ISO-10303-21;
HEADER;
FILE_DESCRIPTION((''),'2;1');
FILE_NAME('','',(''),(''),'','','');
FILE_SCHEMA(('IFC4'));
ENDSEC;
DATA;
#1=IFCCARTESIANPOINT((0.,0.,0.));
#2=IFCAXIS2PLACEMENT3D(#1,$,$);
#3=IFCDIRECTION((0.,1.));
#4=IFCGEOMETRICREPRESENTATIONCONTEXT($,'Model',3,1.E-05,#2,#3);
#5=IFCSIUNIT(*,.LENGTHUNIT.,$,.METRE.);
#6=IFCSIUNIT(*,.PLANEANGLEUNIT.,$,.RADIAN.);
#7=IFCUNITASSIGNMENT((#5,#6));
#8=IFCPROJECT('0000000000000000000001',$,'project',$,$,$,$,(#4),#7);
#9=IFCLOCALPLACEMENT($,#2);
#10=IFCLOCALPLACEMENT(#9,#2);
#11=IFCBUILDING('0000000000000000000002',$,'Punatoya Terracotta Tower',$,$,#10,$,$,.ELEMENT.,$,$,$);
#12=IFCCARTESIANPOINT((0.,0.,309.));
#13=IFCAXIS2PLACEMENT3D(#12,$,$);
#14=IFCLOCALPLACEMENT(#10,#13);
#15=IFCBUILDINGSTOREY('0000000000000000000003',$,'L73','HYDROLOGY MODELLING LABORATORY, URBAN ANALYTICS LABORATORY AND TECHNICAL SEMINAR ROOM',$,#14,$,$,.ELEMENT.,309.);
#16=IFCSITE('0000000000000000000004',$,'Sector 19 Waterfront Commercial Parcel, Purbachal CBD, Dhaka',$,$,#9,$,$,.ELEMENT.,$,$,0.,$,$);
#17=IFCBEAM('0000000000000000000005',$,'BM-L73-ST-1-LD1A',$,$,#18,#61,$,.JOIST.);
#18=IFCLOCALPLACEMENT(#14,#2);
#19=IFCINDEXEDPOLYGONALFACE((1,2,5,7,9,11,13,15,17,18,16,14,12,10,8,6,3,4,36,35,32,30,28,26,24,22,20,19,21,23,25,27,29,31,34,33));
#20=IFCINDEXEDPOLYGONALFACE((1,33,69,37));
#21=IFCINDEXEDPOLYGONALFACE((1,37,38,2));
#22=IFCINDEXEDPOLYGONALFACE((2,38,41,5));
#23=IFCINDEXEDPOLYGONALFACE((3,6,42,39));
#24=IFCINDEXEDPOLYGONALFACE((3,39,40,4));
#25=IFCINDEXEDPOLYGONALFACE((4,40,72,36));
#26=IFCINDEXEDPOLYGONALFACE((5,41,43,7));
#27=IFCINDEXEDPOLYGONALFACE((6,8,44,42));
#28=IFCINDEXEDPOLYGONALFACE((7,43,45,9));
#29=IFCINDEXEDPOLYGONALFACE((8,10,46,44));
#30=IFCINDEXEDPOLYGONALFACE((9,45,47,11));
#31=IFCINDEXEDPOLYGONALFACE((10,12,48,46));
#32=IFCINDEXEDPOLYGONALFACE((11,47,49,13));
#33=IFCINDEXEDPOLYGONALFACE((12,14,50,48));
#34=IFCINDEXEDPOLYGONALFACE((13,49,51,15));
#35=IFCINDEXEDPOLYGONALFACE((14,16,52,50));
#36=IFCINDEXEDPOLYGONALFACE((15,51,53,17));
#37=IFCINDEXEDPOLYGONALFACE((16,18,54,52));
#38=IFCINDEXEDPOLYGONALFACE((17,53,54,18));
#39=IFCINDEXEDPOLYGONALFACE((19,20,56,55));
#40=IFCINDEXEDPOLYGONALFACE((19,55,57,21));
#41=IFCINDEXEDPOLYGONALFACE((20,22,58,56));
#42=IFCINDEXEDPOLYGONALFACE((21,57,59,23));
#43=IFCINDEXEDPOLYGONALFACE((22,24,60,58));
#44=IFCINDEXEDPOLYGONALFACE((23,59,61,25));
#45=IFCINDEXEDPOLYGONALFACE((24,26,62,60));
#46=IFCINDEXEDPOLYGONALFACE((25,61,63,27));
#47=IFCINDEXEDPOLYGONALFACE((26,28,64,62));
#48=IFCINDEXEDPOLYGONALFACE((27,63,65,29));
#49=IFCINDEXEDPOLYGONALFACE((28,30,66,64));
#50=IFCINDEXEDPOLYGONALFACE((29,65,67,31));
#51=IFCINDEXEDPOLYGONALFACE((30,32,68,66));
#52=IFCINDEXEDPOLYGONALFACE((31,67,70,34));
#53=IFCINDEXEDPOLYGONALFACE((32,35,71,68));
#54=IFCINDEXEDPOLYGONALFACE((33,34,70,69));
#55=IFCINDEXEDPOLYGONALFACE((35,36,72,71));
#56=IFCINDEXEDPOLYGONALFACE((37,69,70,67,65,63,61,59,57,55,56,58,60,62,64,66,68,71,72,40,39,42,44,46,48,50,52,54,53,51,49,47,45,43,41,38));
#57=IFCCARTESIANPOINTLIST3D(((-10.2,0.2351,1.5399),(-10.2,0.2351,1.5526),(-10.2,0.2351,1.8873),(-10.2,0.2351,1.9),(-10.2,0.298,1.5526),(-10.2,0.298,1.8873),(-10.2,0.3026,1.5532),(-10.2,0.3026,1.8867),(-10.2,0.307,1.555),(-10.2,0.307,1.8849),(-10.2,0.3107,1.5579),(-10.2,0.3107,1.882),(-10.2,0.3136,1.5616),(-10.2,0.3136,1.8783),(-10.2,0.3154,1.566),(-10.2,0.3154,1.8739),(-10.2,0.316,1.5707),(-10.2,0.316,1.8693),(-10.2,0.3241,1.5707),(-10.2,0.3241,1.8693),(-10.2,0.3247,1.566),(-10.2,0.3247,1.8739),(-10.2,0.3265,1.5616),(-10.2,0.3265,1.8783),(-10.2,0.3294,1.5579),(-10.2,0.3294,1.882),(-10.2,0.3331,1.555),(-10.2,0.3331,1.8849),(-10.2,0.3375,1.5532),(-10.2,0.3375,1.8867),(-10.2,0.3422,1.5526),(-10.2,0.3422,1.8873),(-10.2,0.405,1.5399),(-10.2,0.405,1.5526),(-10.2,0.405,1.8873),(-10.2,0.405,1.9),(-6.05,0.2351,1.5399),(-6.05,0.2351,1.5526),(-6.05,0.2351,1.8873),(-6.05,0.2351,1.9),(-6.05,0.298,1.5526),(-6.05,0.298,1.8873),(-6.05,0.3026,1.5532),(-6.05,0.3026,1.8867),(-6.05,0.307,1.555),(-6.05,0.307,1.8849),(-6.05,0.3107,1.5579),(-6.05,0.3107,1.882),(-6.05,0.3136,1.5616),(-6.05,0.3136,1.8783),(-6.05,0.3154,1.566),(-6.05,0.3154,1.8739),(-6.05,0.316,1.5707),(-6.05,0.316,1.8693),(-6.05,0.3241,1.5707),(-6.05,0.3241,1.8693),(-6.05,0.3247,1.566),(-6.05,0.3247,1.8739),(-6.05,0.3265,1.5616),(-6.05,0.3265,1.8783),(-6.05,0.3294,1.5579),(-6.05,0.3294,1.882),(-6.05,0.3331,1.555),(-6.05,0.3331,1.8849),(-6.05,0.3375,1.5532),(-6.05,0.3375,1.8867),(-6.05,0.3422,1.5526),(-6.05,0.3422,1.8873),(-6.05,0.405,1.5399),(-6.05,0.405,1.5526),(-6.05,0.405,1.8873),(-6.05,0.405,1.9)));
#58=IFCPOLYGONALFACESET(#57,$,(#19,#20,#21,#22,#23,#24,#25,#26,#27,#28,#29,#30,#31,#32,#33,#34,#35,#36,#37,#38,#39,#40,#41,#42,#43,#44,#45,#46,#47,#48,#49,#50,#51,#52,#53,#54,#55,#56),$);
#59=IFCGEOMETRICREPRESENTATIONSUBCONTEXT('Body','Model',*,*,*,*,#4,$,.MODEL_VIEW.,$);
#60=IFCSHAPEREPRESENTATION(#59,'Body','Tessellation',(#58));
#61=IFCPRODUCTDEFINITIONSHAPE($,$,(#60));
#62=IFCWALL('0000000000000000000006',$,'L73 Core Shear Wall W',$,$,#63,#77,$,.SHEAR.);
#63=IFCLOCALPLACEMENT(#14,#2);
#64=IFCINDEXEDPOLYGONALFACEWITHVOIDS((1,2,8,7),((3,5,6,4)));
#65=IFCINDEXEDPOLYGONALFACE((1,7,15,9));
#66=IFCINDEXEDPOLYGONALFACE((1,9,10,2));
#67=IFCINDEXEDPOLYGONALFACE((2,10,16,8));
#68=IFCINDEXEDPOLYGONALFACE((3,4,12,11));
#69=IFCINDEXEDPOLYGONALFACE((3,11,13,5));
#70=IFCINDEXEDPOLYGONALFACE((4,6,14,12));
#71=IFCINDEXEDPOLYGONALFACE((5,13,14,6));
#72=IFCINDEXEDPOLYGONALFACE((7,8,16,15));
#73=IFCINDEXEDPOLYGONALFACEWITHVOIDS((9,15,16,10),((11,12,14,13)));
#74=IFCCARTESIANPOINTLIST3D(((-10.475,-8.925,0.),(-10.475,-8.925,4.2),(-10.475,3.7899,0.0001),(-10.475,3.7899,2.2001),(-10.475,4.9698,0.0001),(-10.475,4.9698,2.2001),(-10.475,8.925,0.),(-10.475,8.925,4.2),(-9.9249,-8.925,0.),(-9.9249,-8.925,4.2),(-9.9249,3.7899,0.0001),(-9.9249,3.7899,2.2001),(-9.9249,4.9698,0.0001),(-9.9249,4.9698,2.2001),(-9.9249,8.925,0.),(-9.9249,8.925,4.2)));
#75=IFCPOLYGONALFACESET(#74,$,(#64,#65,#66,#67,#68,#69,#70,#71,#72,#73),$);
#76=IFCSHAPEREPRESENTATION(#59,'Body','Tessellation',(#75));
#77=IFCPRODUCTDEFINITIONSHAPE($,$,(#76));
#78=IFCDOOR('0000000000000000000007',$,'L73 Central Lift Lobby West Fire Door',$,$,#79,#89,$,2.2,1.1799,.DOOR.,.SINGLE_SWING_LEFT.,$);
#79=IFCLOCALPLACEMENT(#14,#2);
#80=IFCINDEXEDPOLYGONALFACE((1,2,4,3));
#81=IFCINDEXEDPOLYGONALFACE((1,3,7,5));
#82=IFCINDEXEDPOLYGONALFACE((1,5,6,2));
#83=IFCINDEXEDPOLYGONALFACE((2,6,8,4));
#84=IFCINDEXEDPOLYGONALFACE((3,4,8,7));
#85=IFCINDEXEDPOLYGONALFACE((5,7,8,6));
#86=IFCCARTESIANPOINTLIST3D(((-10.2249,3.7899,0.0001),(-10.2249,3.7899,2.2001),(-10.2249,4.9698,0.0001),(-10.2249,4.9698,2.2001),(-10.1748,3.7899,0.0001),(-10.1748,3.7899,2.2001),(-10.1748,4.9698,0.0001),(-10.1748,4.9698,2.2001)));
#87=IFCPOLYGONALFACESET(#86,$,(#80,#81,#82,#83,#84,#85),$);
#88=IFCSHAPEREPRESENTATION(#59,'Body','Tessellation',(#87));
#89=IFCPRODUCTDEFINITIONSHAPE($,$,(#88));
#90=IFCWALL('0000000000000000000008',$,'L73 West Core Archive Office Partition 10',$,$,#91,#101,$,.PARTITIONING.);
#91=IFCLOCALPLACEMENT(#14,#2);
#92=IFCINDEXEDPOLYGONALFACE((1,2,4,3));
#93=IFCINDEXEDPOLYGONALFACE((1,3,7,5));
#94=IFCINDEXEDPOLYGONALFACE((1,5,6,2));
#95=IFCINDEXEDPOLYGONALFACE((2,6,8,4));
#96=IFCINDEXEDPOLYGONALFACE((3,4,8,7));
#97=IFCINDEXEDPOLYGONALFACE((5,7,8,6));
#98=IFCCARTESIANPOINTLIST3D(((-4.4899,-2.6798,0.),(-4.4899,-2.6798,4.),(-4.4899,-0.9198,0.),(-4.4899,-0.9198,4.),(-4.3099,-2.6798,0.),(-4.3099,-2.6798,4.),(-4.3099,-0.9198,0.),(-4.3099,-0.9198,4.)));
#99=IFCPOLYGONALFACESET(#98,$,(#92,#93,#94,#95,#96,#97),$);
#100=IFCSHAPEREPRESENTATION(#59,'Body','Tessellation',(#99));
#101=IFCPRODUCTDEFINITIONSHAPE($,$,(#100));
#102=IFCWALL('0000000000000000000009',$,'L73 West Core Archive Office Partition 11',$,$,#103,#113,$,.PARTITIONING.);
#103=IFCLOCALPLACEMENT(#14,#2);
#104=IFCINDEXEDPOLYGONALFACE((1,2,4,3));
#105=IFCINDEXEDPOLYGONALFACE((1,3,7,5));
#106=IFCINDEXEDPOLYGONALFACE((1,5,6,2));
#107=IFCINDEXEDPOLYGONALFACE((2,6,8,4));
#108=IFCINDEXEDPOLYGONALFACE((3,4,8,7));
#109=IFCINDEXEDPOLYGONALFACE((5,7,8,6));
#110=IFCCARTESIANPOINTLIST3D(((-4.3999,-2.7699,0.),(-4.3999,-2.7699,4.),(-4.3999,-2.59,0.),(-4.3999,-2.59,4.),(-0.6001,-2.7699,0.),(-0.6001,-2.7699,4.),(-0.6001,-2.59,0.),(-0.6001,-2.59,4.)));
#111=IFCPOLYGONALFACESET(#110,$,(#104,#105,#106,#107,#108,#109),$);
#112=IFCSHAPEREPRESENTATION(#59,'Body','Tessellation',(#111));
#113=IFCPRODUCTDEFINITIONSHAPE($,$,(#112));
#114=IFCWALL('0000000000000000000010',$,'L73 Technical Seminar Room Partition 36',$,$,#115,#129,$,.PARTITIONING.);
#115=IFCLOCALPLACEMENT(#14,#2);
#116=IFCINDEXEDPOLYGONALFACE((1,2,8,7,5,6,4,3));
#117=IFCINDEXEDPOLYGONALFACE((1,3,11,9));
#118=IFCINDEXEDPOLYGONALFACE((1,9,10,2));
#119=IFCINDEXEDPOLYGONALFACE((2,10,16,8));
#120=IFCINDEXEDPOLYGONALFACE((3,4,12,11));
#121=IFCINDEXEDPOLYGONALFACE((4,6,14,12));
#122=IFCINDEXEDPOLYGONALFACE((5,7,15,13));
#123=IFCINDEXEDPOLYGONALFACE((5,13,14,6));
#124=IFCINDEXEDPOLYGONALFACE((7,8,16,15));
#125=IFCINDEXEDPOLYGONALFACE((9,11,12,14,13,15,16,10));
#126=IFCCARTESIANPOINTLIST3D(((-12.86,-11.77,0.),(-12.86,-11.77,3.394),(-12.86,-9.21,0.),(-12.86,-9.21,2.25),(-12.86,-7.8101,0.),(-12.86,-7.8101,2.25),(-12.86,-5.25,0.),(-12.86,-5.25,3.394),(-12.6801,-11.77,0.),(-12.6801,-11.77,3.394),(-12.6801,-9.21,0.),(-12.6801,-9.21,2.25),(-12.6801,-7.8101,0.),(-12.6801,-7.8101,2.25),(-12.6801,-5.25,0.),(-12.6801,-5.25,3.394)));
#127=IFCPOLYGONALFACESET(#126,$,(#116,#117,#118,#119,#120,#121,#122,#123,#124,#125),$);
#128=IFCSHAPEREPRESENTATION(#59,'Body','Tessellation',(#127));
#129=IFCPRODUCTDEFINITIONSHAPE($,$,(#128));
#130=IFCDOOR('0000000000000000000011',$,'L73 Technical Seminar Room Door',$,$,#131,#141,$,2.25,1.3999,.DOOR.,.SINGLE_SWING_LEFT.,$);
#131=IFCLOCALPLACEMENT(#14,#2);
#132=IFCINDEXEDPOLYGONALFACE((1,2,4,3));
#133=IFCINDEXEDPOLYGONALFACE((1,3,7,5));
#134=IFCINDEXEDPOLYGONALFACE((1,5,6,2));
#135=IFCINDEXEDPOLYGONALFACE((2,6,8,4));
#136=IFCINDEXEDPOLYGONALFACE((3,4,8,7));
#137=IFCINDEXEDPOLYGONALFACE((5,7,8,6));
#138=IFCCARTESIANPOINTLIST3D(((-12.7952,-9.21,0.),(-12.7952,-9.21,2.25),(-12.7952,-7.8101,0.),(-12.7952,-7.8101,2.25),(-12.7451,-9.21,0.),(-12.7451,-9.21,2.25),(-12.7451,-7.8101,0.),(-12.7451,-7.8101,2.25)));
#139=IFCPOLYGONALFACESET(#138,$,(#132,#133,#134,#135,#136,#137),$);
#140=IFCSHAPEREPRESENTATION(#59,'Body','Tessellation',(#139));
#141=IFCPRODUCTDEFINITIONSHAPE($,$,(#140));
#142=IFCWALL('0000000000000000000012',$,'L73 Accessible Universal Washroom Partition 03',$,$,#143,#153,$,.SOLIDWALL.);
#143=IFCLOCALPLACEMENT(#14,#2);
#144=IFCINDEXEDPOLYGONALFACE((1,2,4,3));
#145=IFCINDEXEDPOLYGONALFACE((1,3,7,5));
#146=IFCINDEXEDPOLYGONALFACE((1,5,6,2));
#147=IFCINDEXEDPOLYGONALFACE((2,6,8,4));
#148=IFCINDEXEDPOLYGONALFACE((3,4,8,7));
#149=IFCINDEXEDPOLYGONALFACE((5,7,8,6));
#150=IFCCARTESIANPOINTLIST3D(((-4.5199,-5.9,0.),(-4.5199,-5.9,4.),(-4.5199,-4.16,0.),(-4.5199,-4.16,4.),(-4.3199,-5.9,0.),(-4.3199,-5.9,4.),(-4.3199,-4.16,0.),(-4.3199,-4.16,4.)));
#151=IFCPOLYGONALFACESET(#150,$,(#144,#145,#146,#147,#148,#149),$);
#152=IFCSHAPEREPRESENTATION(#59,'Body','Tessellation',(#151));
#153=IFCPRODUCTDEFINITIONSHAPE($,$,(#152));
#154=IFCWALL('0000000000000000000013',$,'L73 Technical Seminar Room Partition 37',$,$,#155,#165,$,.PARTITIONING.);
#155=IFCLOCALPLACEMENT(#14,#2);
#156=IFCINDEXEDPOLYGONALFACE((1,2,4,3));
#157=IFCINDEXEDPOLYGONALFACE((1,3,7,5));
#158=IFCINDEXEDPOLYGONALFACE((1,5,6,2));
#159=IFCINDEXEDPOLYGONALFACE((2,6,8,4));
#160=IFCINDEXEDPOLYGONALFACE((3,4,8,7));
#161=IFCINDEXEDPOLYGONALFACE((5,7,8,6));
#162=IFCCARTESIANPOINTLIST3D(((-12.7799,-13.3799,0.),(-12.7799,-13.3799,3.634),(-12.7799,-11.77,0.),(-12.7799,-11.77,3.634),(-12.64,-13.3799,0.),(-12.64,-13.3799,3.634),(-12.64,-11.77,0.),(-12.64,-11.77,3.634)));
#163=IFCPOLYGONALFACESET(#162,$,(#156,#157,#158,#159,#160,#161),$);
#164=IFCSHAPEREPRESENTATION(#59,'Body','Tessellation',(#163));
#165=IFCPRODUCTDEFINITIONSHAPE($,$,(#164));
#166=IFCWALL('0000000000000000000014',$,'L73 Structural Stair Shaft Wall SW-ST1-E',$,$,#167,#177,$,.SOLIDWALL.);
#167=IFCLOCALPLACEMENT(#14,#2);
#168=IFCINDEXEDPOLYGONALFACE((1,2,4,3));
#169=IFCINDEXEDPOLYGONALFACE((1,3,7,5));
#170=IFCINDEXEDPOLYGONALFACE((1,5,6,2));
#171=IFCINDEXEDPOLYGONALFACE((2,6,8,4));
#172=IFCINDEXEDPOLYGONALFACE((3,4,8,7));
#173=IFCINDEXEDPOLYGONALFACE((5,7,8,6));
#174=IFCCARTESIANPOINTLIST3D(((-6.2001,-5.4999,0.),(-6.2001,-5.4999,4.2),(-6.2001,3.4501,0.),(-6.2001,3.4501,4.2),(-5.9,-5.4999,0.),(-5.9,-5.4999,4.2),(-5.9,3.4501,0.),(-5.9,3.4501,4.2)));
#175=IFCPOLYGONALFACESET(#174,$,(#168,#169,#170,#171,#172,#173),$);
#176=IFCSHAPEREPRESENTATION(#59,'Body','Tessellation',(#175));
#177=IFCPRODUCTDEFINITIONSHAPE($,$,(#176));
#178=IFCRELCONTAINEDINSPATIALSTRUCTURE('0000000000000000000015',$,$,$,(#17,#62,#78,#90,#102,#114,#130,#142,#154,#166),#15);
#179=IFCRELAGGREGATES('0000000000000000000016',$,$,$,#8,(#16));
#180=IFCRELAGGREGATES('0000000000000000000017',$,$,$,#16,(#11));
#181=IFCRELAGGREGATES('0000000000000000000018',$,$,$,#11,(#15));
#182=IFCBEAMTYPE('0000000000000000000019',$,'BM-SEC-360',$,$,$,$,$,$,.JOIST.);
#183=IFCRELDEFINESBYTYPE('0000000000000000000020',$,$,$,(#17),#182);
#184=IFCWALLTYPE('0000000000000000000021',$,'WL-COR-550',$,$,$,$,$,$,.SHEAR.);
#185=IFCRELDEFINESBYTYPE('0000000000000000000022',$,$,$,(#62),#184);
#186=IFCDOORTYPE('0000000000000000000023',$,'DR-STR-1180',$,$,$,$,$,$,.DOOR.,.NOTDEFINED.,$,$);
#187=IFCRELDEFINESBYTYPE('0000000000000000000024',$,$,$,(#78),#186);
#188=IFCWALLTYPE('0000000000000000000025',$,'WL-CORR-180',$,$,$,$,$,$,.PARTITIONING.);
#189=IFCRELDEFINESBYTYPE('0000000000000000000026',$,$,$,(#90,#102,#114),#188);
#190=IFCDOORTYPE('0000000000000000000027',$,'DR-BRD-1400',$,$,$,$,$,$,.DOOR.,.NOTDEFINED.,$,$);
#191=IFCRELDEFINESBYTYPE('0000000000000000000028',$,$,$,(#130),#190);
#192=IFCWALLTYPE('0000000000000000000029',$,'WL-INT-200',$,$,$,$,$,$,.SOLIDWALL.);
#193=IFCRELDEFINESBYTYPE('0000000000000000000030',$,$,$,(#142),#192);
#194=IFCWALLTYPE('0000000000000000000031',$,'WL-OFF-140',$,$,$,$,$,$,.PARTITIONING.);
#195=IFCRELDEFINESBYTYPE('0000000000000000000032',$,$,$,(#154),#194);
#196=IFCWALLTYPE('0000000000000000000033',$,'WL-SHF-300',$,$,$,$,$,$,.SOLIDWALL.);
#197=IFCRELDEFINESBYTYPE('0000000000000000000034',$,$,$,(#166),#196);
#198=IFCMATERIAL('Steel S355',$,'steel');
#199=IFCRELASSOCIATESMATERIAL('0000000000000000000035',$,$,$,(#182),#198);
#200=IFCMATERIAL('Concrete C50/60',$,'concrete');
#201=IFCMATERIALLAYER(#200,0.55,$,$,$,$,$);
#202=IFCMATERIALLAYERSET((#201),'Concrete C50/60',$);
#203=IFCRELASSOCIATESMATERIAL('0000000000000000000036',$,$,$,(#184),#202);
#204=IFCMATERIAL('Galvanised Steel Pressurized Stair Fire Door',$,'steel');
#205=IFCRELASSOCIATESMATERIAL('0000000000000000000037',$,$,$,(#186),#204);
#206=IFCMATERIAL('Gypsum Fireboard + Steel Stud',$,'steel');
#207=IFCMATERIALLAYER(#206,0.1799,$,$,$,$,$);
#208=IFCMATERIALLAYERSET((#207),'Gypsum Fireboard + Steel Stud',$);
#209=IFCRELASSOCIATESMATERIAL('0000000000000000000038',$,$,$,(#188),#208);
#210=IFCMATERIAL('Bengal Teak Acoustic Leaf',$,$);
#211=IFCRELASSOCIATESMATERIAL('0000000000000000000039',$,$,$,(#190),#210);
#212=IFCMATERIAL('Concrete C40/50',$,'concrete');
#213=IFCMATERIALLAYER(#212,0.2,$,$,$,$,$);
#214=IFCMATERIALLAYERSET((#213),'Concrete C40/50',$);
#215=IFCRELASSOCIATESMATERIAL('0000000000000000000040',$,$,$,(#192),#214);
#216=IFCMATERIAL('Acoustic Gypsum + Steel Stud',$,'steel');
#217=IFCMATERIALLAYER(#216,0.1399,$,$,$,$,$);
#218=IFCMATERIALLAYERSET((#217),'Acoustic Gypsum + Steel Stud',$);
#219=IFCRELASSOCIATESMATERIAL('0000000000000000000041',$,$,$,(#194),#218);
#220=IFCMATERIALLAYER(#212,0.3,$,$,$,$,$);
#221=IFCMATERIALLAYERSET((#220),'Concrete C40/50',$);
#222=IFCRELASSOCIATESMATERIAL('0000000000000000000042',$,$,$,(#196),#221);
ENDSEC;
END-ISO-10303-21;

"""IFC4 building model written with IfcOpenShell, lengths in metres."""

from ifc_helpers import new_model, si_unit, direction, frame, frame_2d, origin, origin_2d, place, context, subcontext, project, spatial, rectangle, i_section, extrude, material, layer, layer_set, material_profile, profile_set, type_object, element, fill, save


model = new_model("IFC4")

# Units and contexts
model_context = context("Model", 3, precision=1e-05, world=origin(), true_north=direction((0.0, 1.0)))
body_context = subcontext(model_context, "Body", "Model", "MODEL_VIEW")
ifc_project = project(units=[si_unit("LENGTHUNIT", "METRE"), si_unit("PLANEANGLEUNIT", "RADIAN")], contexts=[model_context])

# Site, building, storey
site_placement = place(None, origin())
site = spatial("IfcSite", under=ifc_project, at=site_placement, Name="Sector 19 Waterfront Commercial Parcel, Purbachal CBD, Dhaka", CompositionType="ELEMENT", RefElevation=0.0)
building_placement = place(site_placement, origin())
building = spatial("IfcBuilding", under=site, at=building_placement, Name="Punatoya Terracotta Tower", CompositionType="ELEMENT")
storey_placement = place(building_placement, frame((0.0, 0.0, 309.0)))
storey = spatial("IfcBuildingStorey", under=building, at=storey_placement, Name="L73", Description="HYDROLOGY MODELLING LABORATORY, URBAN ANALYTICS LABORATORY AND TECHNICAL SEMINAR ROOM", CompositionType="ELEMENT", Elevation=309.0)

# Beam
ifc_material_1 = material(Name="Steel S355", Category="steel")
ifc_material_2 = material(Name="Concrete C50/60", Category="concrete")
ifc_material_profile_1 = material_profile(ifc_material_1, i_section(OverallWidth=0.1699, OverallDepth=0.3601, WebThickness=0.0081, FlangeThickness=0.0127, FilletRadius=0.0181, at=origin_2d()))
ifc_profile_set_1 = profile_set([ifc_material_profile_1], Name="Steel S355")
beam_type_1 = type_object("IfcBeamType", Name="BM-SEC-360", PredefinedType="JOIST", material=ifc_profile_set_1)
beam_1_placement = place(storey_placement, frame((-10.2, 0.3201, 1.72), z_axis=(1.0, 0.0, 0.0), x_axis=(0.0, 1.0, 0.0)))
element("IfcBeam", 1, at=beam_1_placement, inside=storey, type_object=beam_type_1, Name="BM-L73-ST-1-LD1A", PredefinedType="JOIST", context=body_context, shape_type="SweptSolid", body=[
    extrude(i_section(OverallWidth=0.1699, OverallDepth=0.3601, WebThickness=0.0081, FlangeThickness=0.0127, FilletRadius=0.0181, at=origin_2d()), origin(), (0.0, 0.0, 1.0), 4.1499),
])

# Wall, opening, door
ifc_layer_1 = layer(ifc_material_2, 0.55)
ifc_layer_set_1 = layer_set([ifc_layer_1], Name="Concrete C50/60")
wall_type_1 = type_object("IfcWallType", Name="WL-COR-550", PredefinedType="SHEAR", material=ifc_layer_set_1)
wall_1_placement = place(storey_placement, frame((-10.2, -8.925, 0.0), z_axis=(0.0, 0.0, 1.0), x_axis=(0.0, 1.0, 0.0)))
wall_1 = element("IfcWall", 2, at=wall_1_placement, inside=storey, type_object=wall_type_1, Name="L73 Core Shear Wall W", PredefinedType="SHEAR", context=body_context, shape_type="SweptSolid", body=[
    extrude(rectangle(XDim=17.8501, YDim=0.55, at=frame_2d((8.925, 0.0))), origin(), (0.0, 0.0, 1.0), 4.2),
])
opening_1_placement = place(wall_1_placement, frame((12.7151, 0.0, 0.0)))
opening_1 = element("IfcOpeningElement", 3, at=opening_1_placement, cuts=wall_1, PredefinedType="OPENING", context=body_context, shape_type="SweptSolid", body=[
    extrude(rectangle(XDim=1.1799, YDim=2.2, at=frame_2d((0.5898, 1.1001))), frame((0.0, 0.2849, 0.0), z_axis=(0.0, -1.0, 0.0), x_axis=(1.0, 0.0, 0.0)), (0.0, 0.0, 1.0), 0.5701),
])
ifc_material_3 = material(Name="Galvanised Steel Pressurized Stair Fire Door", Category="steel")
door_type_1 = type_object("IfcDoorType", Name="DR-STR-1180", OperationType="NOTDEFINED", PredefinedType="DOOR", material=ifc_material_3)
door_1_placement = place(opening_1_placement, origin())
door_1 = element("IfcDoor", 4, at=door_1_placement, inside=storey, type_object=door_type_1, Name="L73 Central Lift Lobby West Fire Door", OperationType="SINGLE_SWING_LEFT", OverallHeight=2.2, OverallWidth=1.1799, PredefinedType="DOOR", context=body_context, shape_type="SweptSolid", body=[
    extrude(rectangle(XDim=1.1799, YDim=2.2, at=frame_2d((0.5898, 1.1001))), frame((0.0, 0.0249, 0.0), z_axis=(0.0, -1.0, 0.0), x_axis=(1.0, 0.0, 0.0)), (0.0, 0.0, 1.0), 0.05),
])
fill(opening_1, door_1)

# Walls
ifc_material_4 = material(Name="Gypsum Fireboard + Steel Stud", Category="steel")
ifc_layer_2 = layer(ifc_material_4, 0.1799)
ifc_layer_set_2 = layer_set([ifc_layer_2], Name="Gypsum Fireboard + Steel Stud")
wall_type_2 = type_object("IfcWallType", Name="WL-CORR-180", PredefinedType="PARTITIONING", material=ifc_layer_set_2)
wall_2_placement = place(storey_placement, frame((-4.3999, -0.9199, 0.0), z_axis=(0.0, 0.0, 1.0), x_axis=(0.0, -1.0, 0.0)))
element("IfcWall", 5, at=wall_2_placement, inside=storey, type_object=wall_type_2, Name="L73 West Core Archive Office Partition 10", PredefinedType="PARTITIONING", context=body_context, shape_type="SweptSolid", body=[
    extrude(rectangle(XDim=1.76, YDim=0.1799, at=frame_2d((0.8799, 0.0))), origin(), (0.0, 0.0, 1.0), 4.0),
])
wall_3_placement = place(storey_placement, frame((-4.3999, -2.6799, 0.0), z_axis=(0.0, 0.0, 1.0), x_axis=(1.0, 0.0, 0.0)))
element("IfcWall", 6, at=wall_3_placement, inside=storey, type_object=wall_type_2, Name="L73 West Core Archive Office Partition 11", PredefinedType="PARTITIONING", context=body_context, shape_type="SweptSolid", body=[
    extrude(rectangle(XDim=3.7998, YDim=0.1799, at=frame_2d((1.8999, 0.0))), origin(), (0.0, 0.0, 1.0), 4.0),
])

# Wall, opening, door
wall_4_placement = place(storey_placement, frame((-12.77, -5.25, 0.0), z_axis=(0.0, 0.0, 1.0), x_axis=(0.0, -1.0, 0.0)))
wall_4 = element("IfcWall", 7, at=wall_4_placement, inside=storey, type_object=wall_type_2, Name="L73 Technical Seminar Room Partition 36", PredefinedType="PARTITIONING", context=body_context, shape_type="SweptSolid", body=[
    extrude(rectangle(XDim=6.52, YDim=0.1799, at=frame_2d((3.26, 0.0))), origin(), (0.0, 0.0, 1.0), 3.394),
])
opening_2_placement = place(wall_4_placement, frame((2.5601, 0.0, 0.0)))
opening_2 = element("IfcOpeningElement", 8, at=opening_2_placement, cuts=wall_4, PredefinedType="OPENING", context=body_context, shape_type="SweptSolid", body=[
    extrude(rectangle(XDim=1.3999, YDim=2.25, at=frame_2d((0.7, 1.125))), frame((0.0, 0.0999, 0.0), z_axis=(0.0, -1.0, 0.0), x_axis=(1.0, 0.0, 0.0)), (0.0, 0.0, 1.0), 0.2),
])
ifc_material_5 = material(Name="Bengal Teak Acoustic Leaf")
door_type_2 = type_object("IfcDoorType", Name="DR-BRD-1400", OperationType="NOTDEFINED", PredefinedType="DOOR", material=ifc_material_5)
door_2_placement = place(opening_2_placement, origin())
door_2 = element("IfcDoor", 9, at=door_2_placement, inside=storey, type_object=door_type_2, Name="L73 Technical Seminar Room Door", OperationType="SINGLE_SWING_LEFT", OverallHeight=2.25, OverallWidth=1.3999, PredefinedType="DOOR", context=body_context, shape_type="SweptSolid", body=[
    extrude(rectangle(XDim=1.3999, YDim=2.25, at=frame_2d((0.7, 1.125))), frame((0.0, 0.0249, 0.0), z_axis=(0.0, -1.0, 0.0), x_axis=(1.0, 0.0, 0.0)), (0.0, 0.0, 1.0), 0.05),
])
fill(opening_2, door_2)

# Walls
ifc_material_6 = material(Name="Concrete C40/50", Category="concrete")
ifc_layer_3 = layer(ifc_material_6, 0.2)
ifc_layer_set_3 = layer_set([ifc_layer_3], Name="Concrete C40/50")
wall_type_3 = type_object("IfcWallType", Name="WL-INT-200", PredefinedType="SOLIDWALL", material=ifc_layer_set_3)
wall_5_placement = place(storey_placement, frame((-4.4199, -4.1599, 0.0), z_axis=(0.0, 0.0, 1.0), x_axis=(0.0, -1.0, 0.0)))
element("IfcWall", 10, at=wall_5_placement, inside=storey, type_object=wall_type_3, Name="L73 Accessible Universal Washroom Partition 03", PredefinedType="SOLIDWALL", context=body_context, shape_type="SweptSolid", body=[
    extrude(rectangle(XDim=1.74, YDim=0.2, at=frame_2d((0.8701, 0.0))), origin(), (0.0, 0.0, 1.0), 4.0),
])
ifc_material_7 = material(Name="Acoustic Gypsum + Steel Stud", Category="steel")
ifc_layer_4 = layer(ifc_material_7, 0.1399)
ifc_layer_set_4 = layer_set([ifc_layer_4], Name="Acoustic Gypsum + Steel Stud")
wall_type_4 = type_object("IfcWallType", Name="WL-OFF-140", PredefinedType="PARTITIONING", material=ifc_layer_set_4)
wall_6_placement = place(storey_placement, frame((-12.71, -11.77, 0.0), z_axis=(0.0, 0.0, 1.0), x_axis=(0.0, -1.0, 0.0)))
element("IfcWall", 11, at=wall_6_placement, inside=storey, type_object=wall_type_4, Name="L73 Technical Seminar Room Partition 37", PredefinedType="PARTITIONING", context=body_context, shape_type="SweptSolid", body=[
    extrude(rectangle(XDim=1.6099, YDim=0.1399, at=frame_2d((0.8049, 0.0))), origin(), (0.0, 0.0, 1.0), 3.634),
])
ifc_layer_5 = layer(ifc_material_6, 0.3)
ifc_layer_set_5 = layer_set([ifc_layer_5], Name="Concrete C40/50")
wall_type_5 = type_object("IfcWallType", Name="WL-SHF-300", PredefinedType="SOLIDWALL", material=ifc_layer_set_5)
wall_7_placement = place(storey_placement, frame((-6.05, -5.5, 0.0), z_axis=(0.0, 0.0, 1.0), x_axis=(0.0, 1.0, 0.0)))
element("IfcWall", 12, at=wall_7_placement, inside=storey, type_object=wall_type_5, Name="L73 Structural Stair Shaft Wall SW-ST1-E", PredefinedType="SOLIDWALL", context=body_context, shape_type="SweptSolid", body=[
    extrude(rectangle(XDim=8.95, YDim=0.3, at=frame_2d((4.4751, 0.0))), origin(), (0.0, 0.0, 1.0), 4.2),
])

save(model, "model.ifc")
